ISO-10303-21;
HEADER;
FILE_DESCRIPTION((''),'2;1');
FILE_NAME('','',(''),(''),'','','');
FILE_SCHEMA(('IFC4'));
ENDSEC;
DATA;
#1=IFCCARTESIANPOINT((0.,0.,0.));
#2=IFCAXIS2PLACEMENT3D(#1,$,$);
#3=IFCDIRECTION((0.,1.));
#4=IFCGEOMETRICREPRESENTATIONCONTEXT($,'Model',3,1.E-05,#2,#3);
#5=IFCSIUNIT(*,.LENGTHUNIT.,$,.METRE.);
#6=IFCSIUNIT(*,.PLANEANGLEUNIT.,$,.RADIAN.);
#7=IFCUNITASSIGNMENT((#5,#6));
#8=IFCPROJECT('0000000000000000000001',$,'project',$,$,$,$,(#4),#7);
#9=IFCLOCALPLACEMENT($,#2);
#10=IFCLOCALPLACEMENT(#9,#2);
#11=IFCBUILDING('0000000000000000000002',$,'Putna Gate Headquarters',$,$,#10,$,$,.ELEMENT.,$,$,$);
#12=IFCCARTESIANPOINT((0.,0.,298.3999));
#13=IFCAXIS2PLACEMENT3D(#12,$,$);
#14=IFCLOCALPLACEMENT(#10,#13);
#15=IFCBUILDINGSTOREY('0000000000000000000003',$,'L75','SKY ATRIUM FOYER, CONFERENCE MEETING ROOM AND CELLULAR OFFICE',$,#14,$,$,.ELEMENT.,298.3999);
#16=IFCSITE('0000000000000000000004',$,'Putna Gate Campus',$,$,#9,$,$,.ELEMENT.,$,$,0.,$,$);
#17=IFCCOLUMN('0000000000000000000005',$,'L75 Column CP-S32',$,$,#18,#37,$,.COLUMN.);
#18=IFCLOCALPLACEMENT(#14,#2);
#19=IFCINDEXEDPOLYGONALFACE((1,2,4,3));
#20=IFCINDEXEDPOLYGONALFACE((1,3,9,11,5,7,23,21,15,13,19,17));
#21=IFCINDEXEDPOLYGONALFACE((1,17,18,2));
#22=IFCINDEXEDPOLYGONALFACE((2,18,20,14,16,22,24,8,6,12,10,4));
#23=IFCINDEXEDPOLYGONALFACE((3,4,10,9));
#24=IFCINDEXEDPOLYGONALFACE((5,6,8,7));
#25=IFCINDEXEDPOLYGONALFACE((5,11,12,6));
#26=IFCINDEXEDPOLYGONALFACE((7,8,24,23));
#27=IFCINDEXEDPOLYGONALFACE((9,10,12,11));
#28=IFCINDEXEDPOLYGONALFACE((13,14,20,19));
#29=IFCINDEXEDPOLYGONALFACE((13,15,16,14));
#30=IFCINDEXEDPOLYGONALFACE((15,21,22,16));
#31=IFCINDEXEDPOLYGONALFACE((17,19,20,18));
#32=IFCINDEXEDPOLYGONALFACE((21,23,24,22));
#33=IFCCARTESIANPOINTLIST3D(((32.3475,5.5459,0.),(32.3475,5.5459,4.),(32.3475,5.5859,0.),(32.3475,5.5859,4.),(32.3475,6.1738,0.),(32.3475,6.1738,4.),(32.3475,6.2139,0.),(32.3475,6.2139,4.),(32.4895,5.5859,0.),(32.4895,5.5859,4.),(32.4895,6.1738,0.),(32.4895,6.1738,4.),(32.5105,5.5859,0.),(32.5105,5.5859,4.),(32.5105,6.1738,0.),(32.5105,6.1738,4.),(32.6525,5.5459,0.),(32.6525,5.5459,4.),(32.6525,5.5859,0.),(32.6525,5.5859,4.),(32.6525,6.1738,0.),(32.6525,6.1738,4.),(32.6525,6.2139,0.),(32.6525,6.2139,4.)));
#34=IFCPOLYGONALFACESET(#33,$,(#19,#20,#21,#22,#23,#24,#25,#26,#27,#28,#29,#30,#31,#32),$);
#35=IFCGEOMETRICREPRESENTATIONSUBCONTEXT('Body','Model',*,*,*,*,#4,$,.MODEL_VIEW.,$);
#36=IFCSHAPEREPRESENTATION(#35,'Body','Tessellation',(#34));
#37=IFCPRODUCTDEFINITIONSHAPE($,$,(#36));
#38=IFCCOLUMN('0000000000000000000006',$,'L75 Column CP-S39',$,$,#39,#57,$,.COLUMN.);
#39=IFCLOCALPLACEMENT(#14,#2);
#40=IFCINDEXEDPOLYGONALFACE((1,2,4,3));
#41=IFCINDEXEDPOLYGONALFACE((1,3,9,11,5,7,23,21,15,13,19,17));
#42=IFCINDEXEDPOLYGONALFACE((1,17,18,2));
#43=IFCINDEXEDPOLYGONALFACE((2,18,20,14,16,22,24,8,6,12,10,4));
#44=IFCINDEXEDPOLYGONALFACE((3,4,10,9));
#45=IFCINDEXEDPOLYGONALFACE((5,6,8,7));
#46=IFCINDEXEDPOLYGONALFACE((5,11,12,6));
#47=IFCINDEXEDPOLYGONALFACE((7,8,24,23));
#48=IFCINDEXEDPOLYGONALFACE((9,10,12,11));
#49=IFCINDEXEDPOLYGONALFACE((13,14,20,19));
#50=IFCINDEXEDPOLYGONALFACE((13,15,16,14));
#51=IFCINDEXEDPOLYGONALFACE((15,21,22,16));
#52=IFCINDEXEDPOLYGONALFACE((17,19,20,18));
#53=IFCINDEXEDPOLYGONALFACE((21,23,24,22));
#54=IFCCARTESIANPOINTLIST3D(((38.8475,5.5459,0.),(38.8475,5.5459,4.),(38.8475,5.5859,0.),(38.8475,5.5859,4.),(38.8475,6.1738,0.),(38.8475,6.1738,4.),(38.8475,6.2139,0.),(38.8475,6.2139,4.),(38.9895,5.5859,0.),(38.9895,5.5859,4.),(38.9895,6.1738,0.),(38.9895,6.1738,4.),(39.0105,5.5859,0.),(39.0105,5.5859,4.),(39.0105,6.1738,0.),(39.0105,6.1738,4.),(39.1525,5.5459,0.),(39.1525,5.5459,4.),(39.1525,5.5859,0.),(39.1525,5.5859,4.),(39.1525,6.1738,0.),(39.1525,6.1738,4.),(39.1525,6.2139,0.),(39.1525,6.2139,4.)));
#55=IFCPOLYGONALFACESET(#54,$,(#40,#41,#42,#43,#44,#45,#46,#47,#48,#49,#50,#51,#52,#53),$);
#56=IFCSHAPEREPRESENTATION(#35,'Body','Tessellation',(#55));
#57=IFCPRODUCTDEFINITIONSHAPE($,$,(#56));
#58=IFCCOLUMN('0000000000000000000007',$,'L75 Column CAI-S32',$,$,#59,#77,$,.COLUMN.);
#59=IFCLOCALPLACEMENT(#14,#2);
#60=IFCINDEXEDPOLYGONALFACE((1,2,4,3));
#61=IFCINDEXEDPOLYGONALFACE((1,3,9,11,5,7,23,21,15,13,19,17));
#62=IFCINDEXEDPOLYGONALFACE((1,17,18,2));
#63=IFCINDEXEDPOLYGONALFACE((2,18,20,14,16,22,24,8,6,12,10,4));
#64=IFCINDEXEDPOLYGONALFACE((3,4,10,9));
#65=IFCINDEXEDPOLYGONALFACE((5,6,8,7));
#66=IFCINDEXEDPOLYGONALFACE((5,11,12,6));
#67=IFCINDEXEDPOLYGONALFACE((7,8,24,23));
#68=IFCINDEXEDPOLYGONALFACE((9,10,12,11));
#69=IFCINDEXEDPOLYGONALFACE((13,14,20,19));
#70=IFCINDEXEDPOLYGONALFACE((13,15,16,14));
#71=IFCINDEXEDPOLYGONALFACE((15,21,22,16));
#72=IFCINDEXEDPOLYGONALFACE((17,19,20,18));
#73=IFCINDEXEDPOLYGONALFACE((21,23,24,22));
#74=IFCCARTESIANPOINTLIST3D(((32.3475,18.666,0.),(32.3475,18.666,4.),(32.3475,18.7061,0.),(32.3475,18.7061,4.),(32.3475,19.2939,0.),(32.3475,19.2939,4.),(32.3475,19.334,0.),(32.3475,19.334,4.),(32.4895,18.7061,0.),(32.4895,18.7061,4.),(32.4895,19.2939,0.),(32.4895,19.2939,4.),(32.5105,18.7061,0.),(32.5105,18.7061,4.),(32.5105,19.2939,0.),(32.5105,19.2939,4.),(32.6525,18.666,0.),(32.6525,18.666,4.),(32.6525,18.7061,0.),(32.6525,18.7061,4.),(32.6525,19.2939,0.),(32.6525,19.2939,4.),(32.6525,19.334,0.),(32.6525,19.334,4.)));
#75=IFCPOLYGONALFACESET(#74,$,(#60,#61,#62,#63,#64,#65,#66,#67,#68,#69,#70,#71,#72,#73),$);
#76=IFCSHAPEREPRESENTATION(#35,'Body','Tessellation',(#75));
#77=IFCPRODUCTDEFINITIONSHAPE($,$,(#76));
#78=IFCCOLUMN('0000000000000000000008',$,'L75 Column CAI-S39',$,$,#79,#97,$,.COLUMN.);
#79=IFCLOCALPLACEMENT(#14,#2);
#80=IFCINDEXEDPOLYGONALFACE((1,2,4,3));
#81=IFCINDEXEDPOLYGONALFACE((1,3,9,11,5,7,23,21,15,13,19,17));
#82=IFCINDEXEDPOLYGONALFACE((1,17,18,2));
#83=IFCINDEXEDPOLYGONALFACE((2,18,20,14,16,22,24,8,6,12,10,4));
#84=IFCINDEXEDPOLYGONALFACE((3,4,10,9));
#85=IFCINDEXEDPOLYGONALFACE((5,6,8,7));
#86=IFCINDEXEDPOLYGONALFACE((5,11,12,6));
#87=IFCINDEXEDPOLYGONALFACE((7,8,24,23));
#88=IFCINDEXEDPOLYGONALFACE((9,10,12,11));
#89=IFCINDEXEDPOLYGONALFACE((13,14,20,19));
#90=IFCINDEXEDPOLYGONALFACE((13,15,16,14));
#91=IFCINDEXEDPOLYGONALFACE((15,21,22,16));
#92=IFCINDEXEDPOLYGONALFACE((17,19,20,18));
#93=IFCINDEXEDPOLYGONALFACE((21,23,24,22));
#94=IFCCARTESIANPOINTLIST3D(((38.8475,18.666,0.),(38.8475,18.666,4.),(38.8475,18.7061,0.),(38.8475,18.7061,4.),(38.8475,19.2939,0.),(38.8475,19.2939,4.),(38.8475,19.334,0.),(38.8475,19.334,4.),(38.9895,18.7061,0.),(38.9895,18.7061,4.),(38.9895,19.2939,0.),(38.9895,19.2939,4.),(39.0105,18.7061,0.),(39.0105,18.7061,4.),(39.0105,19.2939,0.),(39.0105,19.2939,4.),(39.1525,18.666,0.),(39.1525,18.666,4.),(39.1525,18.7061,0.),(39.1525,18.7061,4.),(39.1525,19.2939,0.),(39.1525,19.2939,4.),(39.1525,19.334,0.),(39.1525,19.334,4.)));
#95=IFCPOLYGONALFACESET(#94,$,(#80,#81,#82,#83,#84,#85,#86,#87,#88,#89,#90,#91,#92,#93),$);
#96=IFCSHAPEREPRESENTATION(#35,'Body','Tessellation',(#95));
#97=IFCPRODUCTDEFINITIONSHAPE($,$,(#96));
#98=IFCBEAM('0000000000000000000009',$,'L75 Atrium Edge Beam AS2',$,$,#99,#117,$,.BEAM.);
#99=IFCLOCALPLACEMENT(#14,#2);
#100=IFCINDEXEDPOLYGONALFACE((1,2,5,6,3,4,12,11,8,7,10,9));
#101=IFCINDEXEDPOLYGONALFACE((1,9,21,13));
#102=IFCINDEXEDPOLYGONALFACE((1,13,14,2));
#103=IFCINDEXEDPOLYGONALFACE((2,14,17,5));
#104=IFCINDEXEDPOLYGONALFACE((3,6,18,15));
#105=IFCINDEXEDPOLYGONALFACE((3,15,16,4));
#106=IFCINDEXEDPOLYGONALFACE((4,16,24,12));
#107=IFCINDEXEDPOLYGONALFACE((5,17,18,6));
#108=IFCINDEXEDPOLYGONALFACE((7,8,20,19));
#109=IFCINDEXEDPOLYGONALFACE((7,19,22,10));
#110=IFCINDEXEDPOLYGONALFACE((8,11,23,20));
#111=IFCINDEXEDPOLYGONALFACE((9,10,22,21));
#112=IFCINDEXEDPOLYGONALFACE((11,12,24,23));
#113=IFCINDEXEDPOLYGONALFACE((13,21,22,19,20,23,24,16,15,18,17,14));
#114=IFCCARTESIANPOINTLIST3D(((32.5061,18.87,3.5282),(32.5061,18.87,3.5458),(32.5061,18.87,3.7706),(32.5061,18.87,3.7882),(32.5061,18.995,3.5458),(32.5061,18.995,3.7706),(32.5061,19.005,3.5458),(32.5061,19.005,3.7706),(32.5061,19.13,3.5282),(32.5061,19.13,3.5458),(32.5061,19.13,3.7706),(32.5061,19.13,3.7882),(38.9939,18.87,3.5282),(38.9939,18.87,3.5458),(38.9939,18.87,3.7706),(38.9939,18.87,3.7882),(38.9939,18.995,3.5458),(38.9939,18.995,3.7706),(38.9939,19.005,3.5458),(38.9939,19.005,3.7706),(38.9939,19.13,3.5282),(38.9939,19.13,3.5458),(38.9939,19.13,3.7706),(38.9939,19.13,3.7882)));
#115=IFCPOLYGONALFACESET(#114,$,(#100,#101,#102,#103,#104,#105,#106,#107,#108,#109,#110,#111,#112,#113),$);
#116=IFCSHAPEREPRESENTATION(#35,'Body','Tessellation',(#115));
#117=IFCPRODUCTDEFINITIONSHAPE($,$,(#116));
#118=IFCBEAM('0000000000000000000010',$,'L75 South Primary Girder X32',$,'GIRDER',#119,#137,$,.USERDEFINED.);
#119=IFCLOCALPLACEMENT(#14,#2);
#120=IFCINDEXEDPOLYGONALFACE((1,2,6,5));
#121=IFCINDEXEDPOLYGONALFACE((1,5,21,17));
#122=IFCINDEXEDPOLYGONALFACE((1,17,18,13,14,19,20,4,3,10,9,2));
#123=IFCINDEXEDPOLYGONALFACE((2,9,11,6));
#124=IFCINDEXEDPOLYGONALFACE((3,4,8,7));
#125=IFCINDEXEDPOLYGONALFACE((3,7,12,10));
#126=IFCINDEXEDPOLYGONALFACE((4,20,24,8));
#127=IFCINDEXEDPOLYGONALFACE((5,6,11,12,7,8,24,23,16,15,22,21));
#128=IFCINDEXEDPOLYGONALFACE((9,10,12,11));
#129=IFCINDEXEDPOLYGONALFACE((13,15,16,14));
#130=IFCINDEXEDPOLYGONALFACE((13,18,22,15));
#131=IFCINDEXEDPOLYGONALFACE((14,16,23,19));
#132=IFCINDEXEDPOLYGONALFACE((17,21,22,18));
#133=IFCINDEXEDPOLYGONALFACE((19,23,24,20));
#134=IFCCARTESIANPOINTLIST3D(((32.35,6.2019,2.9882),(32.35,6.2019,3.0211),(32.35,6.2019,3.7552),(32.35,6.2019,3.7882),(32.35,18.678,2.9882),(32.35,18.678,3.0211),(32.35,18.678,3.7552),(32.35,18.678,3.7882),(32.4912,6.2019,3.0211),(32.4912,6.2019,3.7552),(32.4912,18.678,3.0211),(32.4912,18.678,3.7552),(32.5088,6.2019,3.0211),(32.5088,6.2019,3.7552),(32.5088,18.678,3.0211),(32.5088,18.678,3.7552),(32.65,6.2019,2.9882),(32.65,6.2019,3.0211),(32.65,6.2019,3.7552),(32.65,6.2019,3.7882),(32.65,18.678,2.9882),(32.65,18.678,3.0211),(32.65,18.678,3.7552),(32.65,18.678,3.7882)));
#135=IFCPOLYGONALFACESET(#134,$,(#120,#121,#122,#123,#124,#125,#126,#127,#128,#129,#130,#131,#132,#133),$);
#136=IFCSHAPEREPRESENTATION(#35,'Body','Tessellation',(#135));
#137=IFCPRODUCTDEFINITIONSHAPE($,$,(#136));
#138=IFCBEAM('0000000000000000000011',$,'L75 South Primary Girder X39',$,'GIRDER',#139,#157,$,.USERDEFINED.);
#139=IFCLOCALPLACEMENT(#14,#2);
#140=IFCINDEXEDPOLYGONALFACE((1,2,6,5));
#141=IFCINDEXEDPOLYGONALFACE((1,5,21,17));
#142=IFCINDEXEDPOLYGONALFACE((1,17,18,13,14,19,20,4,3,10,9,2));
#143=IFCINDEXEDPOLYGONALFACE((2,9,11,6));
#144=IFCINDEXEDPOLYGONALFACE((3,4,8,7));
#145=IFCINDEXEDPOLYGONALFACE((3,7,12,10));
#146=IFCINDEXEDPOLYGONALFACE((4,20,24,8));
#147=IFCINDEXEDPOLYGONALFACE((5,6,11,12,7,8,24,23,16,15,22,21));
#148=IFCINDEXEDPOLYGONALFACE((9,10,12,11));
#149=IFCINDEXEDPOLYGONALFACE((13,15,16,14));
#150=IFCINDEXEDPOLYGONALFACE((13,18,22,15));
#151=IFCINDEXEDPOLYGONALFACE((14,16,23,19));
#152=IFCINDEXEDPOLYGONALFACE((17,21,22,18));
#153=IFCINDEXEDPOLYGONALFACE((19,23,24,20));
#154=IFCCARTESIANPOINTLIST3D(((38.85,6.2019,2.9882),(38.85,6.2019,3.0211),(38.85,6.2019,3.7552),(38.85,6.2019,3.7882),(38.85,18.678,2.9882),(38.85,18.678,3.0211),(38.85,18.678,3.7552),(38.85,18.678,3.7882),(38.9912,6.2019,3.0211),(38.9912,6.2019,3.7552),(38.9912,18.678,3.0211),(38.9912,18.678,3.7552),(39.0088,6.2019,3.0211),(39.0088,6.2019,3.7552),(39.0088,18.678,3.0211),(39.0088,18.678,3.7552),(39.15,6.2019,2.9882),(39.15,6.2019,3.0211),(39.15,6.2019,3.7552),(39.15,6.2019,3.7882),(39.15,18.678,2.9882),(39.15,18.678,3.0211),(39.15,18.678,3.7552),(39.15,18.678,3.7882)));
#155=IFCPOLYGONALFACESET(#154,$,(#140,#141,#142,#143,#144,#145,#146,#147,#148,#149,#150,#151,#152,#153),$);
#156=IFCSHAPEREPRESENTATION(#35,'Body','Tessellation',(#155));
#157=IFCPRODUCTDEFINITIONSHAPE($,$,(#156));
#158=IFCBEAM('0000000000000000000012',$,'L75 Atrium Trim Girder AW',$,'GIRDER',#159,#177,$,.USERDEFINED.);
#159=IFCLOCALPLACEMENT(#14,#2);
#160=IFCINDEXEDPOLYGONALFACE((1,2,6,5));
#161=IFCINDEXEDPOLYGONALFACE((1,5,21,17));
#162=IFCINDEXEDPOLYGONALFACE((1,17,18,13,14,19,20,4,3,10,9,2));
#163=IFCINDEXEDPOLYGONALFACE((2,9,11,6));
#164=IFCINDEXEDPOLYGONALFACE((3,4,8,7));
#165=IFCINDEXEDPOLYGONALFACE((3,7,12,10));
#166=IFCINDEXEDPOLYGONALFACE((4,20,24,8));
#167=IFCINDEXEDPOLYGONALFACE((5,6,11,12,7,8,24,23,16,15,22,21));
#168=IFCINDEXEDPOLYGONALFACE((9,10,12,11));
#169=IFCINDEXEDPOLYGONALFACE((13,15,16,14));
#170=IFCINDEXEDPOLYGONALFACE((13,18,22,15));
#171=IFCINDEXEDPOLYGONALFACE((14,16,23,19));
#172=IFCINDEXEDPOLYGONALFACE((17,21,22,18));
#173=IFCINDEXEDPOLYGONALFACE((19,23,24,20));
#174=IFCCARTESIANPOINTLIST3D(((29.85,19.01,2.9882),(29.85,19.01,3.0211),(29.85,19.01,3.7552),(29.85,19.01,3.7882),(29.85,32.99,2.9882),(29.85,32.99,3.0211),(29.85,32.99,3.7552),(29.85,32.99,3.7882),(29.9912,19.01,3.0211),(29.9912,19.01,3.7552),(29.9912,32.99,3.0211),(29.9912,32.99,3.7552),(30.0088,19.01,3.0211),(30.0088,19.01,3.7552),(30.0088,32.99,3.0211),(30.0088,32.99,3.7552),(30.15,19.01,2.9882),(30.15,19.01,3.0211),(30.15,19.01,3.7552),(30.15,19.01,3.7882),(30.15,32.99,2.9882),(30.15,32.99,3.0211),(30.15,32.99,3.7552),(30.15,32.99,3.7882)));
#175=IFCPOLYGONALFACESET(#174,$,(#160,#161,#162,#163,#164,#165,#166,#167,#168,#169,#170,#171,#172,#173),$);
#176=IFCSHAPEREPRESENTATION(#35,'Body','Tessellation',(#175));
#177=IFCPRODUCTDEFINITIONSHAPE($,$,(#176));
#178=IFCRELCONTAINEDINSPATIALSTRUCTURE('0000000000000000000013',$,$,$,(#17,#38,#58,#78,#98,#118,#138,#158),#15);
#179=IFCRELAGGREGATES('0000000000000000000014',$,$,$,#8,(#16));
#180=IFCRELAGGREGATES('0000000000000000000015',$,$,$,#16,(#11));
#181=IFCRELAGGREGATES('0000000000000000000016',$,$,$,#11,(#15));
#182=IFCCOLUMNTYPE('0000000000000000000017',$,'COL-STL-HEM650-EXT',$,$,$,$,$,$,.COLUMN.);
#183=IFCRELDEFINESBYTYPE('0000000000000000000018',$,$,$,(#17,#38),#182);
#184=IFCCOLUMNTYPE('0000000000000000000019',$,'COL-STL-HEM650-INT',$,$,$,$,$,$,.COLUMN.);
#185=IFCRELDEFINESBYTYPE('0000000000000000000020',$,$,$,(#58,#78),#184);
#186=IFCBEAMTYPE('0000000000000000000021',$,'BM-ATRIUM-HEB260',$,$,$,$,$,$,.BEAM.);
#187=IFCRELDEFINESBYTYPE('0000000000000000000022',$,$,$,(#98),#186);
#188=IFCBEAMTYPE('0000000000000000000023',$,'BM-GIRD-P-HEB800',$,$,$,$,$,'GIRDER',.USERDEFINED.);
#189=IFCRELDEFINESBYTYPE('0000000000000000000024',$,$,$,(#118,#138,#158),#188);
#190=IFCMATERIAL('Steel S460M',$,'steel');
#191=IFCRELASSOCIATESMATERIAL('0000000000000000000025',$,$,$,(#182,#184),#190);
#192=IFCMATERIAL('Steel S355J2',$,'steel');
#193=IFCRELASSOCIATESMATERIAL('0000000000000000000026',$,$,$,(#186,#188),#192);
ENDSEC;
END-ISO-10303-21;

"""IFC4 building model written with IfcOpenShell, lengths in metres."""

from ifc_helpers import new_model, si_unit, direction, frame, origin, origin_2d, place, context, subcontext, project, spatial, i_section, extrude, material, material_profile, profile_set, type_object, element, save


model = new_model("IFC4")

# Units and contexts
model_context = context("Model", 3, precision=1e-05, world=origin(), true_north=direction((0.0, 1.0)))
body_context = subcontext(model_context, "Body", "Model", "MODEL_VIEW")
ifc_project = project(units=[si_unit("LENGTHUNIT", "METRE"), si_unit("PLANEANGLEUNIT", "RADIAN")], contexts=[model_context])

# Site, building, storey
site_placement = place(None, origin())
site = spatial("IfcSite", under=ifc_project, at=site_placement, Name="Putna Gate Campus", CompositionType="ELEMENT", RefElevation=0.0)
building_placement = place(site_placement, origin())
building = spatial("IfcBuilding", under=site, at=building_placement, Name="Putna Gate Headquarters", CompositionType="ELEMENT")
storey_placement = place(building_placement, frame((0.0, 0.0, 298.3999)))
storey = spatial("IfcBuildingStorey", under=building, at=storey_placement, Name="L75", Description="SKY ATRIUM FOYER, CONFERENCE MEETING ROOM AND CELLULAR OFFICE", CompositionType="ELEMENT", Elevation=298.3999)

# Columns
ifc_material_1 = material(Name="Steel S460M", Category="steel")
ifc_material_profile_1 = material_profile(ifc_material_1, i_section(OverallWidth=0.3049, OverallDepth=0.668, WebThickness=0.021, FlangeThickness=0.04, at=origin_2d()), Name="Steel S460M")
ifc_profile_set_1 = profile_set([ifc_material_profile_1], Name="Steel S460M")
column_type_1 = type_object("IfcColumnType", Name="COL-STL-HEM650-EXT", PredefinedType="COLUMN", material=ifc_profile_set_1)
for number, where, z_axis, x_axis, name in (
    (1, (32.5, 5.8799, 0.0), (0.0, 0.0, 1.0), (1.0, 0.0, 0.0), "L75 Column CP-S32"),
    (2, (39.0, 5.8799, 0.0), (0.0, 0.0, 1.0), (1.0, 0.0, 0.0), "L75 Column CP-S39"),
):
    element("IfcColumn", number, at=place(storey_placement, frame(where, z_axis=z_axis, x_axis=x_axis)), inside=storey, type_object=column_type_1, Name=name, PredefinedType="COLUMN", context=body_context, shape_type="SweptSolid", body=[
        extrude(i_section(OverallWidth=0.3049, OverallDepth=0.668, WebThickness=0.021, FlangeThickness=0.04, at=origin_2d()), origin(), (0.0, 0.0, 1.0), 4.0),
    ])
ifc_material_profile_2 = material_profile(ifc_material_1, i_section(OverallWidth=0.3049, OverallDepth=0.668, WebThickness=0.021, FlangeThickness=0.04, at=origin_2d()), Name="Steel S460M")
ifc_profile_set_2 = profile_set([ifc_material_profile_2], Name="Steel S460M")
column_type_2 = type_object("IfcColumnType", Name="COL-STL-HEM650-INT", PredefinedType="COLUMN", material=ifc_profile_set_2)
for number, where, z_axis, x_axis, name in (
    (3, (32.5, 19.0, 0.0), (0.0, 0.0, 1.0), (1.0, 0.0, 0.0), "L75 Column CAI-S32"),
    (4, (39.0, 19.0, 0.0), (0.0, 0.0, 1.0), (1.0, 0.0, 0.0), "L75 Column CAI-S39"),
):
    element("IfcColumn", number, at=place(storey_placement, frame(where, z_axis=z_axis, x_axis=x_axis)), inside=storey, type_object=column_type_2, Name=name, PredefinedType="COLUMN", context=body_context, shape_type="SweptSolid", body=[
        extrude(i_section(OverallWidth=0.3049, OverallDepth=0.668, WebThickness=0.021, FlangeThickness=0.04, at=origin_2d()), origin(), (0.0, 0.0, 1.0), 4.0),
    ])

# Beams
ifc_material_2 = material(Name="Steel S355J2", Category="steel")
ifc_material_profile_3 = material_profile(ifc_material_2, i_section(OverallWidth=0.26, OverallDepth=0.26, WebThickness=0.01, FlangeThickness=0.0176, at=origin_2d()), Name="Steel S355J2")
ifc_profile_set_3 = profile_set([ifc_material_profile_3], Name="Steel S355J2")
beam_type_1 = type_object("IfcBeamType", Name="BM-ATRIUM-HEB260", PredefinedType="BEAM", material=ifc_profile_set_3)
beam_1_placement = place(storey_placement, frame((32.5061, 19.0, 3.6582), z_axis=(1.0, 0.0, 0.0), x_axis=(0.0, 1.0, 0.0)))
element("IfcBeam", 5, at=beam_1_placement, inside=storey, type_object=beam_type_1, Name="L75 Atrium Edge Beam AS2", PredefinedType="BEAM", context=body_context, shape_type="SweptSolid", body=[
    extrude(i_section(OverallWidth=0.26, OverallDepth=0.26, WebThickness=0.01, FlangeThickness=0.0176, at=origin_2d()), origin(), (0.0, 0.0, 1.0), 6.4878),
])
ifc_material_profile_4 = material_profile(ifc_material_2, i_section(OverallWidth=0.3, OverallDepth=0.8, WebThickness=0.0176, FlangeThickness=0.033, at=origin_2d()), Name="Steel S355J2")
ifc_profile_set_4 = profile_set([ifc_material_profile_4], Name="Steel S355J2")
beam_type_2 = type_object("IfcBeamType", Name="BM-GIRD-P-HEB800", ElementType="GIRDER", PredefinedType="USERDEFINED", material=ifc_profile_set_4)
for number, where, z_axis, x_axis, name in (
    (6, (32.5, 6.2019, 3.3882), (0.0, 1.0, 0.0), (-1.0, 0.0, 0.0), "L75 South Primary Girder X32"),
    (7, (39.0, 6.2019, 3.3882), (0.0, 1.0, 0.0), (-1.0, 0.0, 0.0), "L75 South Primary Girder X39"),
):
    element("IfcBeam", number, at=place(storey_placement, frame(where, z_axis=z_axis, x_axis=x_axis)), inside=storey, type_object=beam_type_2, Name=name, ObjectType="GIRDER", PredefinedType="USERDEFINED", context=body_context, shape_type="SweptSolid", body=[
        extrude(i_section(OverallWidth=0.3, OverallDepth=0.8, WebThickness=0.0176, FlangeThickness=0.033, at=origin_2d()), origin(), (0.0, 0.0, 1.0), 12.4761),
    ])
beam_2_placement = place(storey_placement, frame((30.0, 19.01, 3.3882), z_axis=(0.0, 1.0, 0.0), x_axis=(-1.0, 0.0, 0.0)))
element("IfcBeam", 8, at=beam_2_placement, inside=storey, type_object=beam_type_2, Name="L75 Atrium Trim Girder AW", ObjectType="GIRDER", PredefinedType="USERDEFINED", context=body_context, shape_type="SweptSolid", body=[
    extrude(i_section(OverallWidth=0.3, OverallDepth=0.8, WebThickness=0.0176, FlangeThickness=0.033, at=origin_2d()), origin(), (0.0, 0.0, 1.0), 13.98),
])

save(model, "model.ifc")
